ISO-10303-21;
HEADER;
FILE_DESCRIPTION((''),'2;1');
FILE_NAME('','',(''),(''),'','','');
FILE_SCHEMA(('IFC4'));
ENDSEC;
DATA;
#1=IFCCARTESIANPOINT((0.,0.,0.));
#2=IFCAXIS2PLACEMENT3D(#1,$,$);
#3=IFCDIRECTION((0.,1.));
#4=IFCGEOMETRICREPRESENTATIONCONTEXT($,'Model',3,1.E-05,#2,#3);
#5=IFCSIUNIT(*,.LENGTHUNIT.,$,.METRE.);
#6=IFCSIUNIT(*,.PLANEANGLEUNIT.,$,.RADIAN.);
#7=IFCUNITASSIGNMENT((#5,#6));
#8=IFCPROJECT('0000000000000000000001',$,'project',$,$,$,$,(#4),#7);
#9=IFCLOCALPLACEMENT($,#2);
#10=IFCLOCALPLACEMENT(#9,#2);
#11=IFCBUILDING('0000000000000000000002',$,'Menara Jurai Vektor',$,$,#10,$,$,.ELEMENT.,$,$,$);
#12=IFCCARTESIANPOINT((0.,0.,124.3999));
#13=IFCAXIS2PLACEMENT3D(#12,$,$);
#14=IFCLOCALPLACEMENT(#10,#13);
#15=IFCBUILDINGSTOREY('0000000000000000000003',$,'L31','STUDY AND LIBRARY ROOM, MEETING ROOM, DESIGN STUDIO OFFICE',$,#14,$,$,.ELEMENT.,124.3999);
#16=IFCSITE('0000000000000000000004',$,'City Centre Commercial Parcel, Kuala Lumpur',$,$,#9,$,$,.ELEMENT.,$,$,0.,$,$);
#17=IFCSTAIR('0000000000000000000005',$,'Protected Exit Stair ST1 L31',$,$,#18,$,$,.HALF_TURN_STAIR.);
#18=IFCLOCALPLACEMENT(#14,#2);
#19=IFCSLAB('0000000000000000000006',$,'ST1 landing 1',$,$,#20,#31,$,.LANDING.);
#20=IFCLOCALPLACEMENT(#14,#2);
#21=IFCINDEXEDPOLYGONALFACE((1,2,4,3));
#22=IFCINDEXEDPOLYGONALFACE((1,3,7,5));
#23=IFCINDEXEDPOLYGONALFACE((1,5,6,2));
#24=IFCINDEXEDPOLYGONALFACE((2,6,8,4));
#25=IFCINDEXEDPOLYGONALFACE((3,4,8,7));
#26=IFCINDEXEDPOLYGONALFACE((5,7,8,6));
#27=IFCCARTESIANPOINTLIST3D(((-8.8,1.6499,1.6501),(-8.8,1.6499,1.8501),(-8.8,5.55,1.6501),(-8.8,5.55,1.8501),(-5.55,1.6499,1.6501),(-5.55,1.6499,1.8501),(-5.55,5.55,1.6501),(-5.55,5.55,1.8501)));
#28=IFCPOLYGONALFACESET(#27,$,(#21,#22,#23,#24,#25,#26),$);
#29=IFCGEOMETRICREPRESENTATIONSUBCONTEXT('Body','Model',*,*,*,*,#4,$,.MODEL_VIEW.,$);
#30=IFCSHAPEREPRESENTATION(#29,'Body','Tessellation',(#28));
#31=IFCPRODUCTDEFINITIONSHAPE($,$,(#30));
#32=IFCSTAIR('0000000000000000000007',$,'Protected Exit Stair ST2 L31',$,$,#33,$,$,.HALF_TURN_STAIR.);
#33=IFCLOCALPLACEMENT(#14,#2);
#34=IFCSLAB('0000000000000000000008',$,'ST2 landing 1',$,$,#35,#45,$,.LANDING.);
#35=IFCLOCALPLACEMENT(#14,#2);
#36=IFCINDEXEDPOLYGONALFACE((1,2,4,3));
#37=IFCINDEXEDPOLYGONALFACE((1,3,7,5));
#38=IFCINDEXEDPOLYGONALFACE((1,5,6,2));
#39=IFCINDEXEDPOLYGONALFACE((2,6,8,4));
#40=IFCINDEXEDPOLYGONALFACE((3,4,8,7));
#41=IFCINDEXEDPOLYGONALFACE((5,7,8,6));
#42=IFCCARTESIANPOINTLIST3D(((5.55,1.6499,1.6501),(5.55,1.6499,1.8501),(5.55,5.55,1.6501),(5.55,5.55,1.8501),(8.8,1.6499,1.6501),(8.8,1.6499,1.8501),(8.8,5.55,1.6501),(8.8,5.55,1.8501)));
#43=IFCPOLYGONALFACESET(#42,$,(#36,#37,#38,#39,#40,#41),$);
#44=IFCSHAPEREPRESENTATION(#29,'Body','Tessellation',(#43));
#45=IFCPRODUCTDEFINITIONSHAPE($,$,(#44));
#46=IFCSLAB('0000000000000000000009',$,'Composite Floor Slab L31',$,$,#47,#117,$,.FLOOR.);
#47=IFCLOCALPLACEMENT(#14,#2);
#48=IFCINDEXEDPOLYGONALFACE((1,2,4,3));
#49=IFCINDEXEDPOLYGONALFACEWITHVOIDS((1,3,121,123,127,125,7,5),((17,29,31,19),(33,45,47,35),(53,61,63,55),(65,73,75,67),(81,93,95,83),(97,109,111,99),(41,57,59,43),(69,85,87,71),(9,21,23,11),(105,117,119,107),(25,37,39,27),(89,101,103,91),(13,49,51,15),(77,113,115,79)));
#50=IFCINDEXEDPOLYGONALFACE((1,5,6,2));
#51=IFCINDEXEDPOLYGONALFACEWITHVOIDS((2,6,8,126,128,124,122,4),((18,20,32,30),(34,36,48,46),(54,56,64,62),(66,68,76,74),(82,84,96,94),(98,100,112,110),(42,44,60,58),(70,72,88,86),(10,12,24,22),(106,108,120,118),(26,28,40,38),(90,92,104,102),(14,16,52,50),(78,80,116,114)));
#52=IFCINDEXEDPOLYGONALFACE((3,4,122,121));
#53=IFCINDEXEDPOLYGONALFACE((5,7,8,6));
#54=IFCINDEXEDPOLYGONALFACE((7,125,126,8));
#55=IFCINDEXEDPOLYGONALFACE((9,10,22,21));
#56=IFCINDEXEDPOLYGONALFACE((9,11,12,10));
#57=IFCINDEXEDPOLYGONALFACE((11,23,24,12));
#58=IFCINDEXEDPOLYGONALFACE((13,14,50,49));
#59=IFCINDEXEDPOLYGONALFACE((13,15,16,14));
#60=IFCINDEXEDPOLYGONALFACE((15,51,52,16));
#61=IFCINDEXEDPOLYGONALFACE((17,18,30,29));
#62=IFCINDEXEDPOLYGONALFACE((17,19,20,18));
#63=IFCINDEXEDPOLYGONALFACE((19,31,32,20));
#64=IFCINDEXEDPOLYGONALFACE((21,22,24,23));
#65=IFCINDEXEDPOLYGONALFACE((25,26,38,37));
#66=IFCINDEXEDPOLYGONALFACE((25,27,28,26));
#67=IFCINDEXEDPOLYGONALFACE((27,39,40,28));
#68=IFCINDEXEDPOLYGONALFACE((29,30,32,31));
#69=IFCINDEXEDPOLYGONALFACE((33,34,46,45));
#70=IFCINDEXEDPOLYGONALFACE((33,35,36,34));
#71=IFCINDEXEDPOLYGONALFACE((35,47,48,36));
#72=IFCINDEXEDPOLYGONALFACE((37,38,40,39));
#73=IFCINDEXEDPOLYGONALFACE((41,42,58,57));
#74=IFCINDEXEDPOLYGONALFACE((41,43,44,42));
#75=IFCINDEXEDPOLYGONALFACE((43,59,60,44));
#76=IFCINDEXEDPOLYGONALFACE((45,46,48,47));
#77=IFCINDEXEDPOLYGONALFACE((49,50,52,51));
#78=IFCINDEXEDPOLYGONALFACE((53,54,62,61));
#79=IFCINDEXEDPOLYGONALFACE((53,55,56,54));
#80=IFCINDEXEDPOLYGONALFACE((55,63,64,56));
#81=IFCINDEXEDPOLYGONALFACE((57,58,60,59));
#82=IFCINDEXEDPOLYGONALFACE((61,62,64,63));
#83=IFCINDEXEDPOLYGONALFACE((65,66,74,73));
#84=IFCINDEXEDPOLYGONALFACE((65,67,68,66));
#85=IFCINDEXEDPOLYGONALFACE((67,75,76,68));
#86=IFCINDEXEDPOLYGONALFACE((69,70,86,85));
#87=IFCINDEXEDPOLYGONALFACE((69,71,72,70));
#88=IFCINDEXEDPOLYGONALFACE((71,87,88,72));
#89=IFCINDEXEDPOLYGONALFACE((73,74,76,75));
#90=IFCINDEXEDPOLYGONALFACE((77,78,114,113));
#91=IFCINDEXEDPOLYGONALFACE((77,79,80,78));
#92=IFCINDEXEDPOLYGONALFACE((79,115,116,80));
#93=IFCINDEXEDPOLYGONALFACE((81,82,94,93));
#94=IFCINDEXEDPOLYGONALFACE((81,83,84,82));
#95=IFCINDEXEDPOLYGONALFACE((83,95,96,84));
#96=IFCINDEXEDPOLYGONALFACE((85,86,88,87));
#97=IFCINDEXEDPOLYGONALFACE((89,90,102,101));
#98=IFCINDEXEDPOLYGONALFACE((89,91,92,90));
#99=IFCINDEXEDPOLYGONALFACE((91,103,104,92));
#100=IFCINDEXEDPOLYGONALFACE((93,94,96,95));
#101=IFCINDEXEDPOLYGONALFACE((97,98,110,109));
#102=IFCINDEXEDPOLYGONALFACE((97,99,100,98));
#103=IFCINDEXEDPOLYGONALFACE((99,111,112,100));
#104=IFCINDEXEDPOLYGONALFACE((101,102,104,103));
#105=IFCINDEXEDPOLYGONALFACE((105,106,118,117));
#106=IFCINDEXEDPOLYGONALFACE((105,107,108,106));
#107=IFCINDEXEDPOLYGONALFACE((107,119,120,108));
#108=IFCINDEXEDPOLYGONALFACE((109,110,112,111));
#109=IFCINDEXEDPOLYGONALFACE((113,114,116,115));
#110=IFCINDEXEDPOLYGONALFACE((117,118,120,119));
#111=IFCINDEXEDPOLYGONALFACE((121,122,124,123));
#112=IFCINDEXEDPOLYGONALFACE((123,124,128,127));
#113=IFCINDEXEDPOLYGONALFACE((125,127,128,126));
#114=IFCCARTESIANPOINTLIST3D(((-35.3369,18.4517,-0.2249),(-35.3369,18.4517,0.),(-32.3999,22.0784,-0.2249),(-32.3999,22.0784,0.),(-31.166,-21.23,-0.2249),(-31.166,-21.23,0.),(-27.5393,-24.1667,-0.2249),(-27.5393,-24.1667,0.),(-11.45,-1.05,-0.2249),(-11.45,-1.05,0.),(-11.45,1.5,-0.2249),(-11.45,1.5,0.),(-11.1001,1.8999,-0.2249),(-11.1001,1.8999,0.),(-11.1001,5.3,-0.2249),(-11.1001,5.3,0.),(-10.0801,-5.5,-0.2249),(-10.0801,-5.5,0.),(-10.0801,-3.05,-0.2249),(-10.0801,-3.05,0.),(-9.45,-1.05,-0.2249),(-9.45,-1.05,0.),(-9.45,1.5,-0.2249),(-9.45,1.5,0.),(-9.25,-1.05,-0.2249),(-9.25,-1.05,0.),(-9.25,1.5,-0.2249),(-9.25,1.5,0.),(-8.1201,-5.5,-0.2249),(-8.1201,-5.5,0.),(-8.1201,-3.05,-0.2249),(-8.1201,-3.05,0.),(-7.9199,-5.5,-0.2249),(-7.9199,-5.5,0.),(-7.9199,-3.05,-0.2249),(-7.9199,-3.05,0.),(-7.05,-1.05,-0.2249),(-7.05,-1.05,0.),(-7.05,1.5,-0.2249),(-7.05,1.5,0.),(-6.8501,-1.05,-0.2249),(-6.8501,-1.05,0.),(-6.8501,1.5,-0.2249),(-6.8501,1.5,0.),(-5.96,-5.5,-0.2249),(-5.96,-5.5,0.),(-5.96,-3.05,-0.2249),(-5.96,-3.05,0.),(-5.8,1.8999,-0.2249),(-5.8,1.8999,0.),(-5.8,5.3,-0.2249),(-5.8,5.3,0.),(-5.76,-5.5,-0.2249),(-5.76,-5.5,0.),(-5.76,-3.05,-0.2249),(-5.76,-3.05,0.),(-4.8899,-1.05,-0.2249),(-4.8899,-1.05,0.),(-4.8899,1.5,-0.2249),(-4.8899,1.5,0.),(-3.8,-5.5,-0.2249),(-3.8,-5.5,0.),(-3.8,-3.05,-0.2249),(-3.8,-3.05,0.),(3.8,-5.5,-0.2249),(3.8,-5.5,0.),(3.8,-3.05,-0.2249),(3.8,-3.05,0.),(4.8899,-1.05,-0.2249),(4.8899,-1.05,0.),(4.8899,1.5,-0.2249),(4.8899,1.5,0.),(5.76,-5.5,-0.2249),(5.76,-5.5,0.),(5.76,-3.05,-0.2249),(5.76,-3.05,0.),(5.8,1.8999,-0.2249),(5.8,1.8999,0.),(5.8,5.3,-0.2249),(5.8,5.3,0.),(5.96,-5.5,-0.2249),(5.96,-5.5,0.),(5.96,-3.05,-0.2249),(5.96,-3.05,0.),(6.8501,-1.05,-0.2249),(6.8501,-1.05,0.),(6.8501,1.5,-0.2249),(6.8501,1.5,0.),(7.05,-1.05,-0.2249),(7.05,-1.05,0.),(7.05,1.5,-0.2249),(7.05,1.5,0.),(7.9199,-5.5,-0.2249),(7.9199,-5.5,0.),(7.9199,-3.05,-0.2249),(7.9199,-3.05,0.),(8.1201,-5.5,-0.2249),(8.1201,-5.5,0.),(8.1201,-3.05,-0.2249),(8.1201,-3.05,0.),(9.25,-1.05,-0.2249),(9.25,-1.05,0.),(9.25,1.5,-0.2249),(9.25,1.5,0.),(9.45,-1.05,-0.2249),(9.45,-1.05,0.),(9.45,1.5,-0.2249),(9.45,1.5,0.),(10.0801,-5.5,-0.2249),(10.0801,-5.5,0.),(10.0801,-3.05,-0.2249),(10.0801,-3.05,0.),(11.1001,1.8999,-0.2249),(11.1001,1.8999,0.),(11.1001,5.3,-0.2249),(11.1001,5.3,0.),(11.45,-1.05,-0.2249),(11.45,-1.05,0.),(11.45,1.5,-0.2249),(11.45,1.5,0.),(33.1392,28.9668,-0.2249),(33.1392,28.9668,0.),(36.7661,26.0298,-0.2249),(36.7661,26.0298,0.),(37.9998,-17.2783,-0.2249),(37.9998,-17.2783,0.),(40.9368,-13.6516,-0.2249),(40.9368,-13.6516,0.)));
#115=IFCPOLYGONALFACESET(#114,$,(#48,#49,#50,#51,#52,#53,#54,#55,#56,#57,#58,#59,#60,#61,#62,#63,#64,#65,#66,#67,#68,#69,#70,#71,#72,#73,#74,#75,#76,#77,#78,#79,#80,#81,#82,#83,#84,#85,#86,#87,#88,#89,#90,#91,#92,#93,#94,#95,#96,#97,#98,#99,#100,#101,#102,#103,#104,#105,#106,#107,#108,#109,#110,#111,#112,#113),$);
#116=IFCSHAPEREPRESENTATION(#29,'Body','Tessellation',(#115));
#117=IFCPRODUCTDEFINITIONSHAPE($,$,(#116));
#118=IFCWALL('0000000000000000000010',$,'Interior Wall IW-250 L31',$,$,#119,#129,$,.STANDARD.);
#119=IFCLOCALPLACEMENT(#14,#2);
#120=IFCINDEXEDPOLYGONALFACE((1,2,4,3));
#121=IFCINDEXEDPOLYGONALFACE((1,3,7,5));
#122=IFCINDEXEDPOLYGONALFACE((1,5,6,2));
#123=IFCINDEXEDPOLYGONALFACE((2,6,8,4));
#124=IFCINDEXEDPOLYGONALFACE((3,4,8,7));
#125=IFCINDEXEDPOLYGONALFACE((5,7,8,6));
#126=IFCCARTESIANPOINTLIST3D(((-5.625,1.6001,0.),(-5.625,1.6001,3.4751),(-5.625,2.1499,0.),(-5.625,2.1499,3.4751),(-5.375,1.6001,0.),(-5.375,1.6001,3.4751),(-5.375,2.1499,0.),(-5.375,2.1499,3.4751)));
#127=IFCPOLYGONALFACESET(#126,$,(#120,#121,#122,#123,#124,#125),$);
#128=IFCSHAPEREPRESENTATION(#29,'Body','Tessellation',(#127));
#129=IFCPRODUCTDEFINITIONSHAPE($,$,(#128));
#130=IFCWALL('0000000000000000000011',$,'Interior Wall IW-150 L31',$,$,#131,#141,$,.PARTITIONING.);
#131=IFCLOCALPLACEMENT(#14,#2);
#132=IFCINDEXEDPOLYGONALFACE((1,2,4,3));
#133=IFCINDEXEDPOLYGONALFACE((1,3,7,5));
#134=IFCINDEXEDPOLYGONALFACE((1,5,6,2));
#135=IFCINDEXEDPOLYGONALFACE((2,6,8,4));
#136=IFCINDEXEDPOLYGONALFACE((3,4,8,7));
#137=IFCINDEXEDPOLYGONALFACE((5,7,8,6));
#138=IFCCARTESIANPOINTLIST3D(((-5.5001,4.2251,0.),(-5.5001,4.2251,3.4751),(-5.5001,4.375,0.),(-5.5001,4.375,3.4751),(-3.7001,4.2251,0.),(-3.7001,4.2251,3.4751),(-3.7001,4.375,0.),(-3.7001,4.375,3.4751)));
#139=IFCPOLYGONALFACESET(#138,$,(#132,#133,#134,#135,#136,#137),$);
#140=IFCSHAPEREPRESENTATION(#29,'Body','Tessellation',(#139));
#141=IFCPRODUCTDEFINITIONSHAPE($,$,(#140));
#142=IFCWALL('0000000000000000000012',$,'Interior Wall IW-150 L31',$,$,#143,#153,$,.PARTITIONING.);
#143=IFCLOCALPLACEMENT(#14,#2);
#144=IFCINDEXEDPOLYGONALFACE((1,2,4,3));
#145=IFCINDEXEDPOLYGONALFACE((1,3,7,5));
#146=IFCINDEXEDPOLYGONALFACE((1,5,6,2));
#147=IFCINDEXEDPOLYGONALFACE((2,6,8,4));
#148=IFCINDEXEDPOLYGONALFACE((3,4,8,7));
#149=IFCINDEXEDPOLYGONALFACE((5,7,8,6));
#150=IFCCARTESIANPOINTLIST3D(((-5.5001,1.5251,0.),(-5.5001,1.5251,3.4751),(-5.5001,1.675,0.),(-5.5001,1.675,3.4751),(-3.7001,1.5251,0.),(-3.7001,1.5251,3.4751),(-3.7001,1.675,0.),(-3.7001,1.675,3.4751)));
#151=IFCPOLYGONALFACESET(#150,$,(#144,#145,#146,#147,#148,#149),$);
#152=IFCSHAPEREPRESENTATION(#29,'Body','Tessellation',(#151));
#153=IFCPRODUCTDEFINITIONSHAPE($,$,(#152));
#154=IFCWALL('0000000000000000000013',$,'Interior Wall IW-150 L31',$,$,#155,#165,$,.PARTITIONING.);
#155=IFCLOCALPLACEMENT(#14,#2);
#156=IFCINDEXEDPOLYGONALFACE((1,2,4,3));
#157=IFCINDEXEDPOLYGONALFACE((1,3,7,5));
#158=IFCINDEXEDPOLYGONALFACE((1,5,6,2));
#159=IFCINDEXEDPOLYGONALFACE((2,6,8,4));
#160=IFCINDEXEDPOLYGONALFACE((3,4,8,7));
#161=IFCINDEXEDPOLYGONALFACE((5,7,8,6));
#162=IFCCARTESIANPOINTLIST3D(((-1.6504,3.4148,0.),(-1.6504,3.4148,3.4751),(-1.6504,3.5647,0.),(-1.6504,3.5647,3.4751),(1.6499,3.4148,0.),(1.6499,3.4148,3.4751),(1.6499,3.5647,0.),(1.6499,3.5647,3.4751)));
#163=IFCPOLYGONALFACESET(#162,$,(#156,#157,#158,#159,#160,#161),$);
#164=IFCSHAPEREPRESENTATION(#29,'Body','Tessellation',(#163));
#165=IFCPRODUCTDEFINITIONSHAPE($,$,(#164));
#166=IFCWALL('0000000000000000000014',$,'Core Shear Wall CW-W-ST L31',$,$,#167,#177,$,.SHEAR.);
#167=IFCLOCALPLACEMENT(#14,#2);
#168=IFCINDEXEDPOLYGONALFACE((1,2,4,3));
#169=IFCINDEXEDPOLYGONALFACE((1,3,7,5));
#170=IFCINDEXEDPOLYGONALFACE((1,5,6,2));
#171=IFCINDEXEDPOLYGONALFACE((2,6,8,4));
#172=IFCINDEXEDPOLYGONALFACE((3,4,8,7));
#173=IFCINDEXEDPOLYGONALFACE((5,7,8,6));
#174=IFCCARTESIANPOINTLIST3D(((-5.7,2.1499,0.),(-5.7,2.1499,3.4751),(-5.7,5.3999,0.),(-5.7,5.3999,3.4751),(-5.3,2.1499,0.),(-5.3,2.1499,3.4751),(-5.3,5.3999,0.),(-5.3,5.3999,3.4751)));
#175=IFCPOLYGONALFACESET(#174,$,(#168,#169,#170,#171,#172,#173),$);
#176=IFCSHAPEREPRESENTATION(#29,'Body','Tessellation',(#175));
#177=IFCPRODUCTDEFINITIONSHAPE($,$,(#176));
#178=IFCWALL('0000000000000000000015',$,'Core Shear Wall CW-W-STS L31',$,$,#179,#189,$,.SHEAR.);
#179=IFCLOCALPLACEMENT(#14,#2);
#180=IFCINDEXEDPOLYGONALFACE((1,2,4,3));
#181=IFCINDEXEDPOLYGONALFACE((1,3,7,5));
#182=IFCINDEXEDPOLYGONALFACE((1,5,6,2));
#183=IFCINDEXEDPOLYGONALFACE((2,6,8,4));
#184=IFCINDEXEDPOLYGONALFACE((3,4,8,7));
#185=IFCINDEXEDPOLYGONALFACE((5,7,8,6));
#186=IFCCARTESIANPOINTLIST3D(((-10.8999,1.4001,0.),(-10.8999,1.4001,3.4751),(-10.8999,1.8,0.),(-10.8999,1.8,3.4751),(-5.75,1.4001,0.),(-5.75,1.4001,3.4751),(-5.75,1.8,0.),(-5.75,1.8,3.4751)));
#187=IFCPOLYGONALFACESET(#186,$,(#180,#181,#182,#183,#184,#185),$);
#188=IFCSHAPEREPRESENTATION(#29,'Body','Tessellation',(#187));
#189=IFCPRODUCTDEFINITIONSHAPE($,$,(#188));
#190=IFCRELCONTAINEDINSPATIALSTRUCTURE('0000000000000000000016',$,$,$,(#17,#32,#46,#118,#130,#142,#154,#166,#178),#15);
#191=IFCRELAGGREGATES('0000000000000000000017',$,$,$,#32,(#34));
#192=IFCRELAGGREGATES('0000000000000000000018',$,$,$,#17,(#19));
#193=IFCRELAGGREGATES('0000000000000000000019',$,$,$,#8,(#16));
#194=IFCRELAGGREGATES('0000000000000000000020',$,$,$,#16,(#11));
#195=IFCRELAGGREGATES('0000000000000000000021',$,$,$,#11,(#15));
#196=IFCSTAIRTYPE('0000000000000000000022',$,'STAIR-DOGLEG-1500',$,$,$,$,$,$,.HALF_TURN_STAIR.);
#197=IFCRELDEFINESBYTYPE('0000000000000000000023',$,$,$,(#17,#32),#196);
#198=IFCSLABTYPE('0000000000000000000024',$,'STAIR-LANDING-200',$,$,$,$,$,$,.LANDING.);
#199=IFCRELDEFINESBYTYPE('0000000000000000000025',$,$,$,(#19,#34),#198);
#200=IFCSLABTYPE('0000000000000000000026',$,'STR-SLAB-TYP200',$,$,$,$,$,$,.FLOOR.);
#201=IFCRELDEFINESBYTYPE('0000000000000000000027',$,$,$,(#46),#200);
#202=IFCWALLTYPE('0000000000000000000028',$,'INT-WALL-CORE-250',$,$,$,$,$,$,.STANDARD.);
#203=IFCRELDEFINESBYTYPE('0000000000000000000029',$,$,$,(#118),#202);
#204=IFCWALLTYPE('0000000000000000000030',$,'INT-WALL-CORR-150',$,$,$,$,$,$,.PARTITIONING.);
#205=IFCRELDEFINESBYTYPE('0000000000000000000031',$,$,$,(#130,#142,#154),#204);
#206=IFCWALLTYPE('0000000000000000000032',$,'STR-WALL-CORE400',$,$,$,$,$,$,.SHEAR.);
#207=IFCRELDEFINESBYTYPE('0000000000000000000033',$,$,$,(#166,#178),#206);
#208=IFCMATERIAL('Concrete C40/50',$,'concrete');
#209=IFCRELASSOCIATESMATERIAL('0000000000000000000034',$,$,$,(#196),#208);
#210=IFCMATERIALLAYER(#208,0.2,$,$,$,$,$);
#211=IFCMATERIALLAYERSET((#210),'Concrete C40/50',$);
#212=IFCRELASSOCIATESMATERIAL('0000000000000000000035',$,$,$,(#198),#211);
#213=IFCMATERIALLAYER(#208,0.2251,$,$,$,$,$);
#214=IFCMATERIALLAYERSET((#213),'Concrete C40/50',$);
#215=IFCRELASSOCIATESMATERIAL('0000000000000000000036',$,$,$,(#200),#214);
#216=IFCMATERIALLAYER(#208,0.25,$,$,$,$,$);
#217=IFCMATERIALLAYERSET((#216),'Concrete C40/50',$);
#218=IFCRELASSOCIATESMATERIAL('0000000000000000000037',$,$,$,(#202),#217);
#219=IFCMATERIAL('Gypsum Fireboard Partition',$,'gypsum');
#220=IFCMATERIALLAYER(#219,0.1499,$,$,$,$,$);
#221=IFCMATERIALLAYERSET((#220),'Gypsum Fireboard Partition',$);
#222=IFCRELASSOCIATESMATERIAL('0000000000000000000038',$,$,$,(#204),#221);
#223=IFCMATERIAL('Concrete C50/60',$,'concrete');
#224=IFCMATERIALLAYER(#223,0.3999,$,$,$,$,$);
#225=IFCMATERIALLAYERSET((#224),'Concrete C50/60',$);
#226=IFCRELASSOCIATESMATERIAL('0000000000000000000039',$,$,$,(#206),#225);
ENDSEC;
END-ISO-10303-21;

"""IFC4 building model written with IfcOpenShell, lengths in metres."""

from ifc_helpers import new_model, si_unit, direction, frame, frame_2d, origin, place, context, subcontext, project, spatial, polyline, rectangle, outline, extrude, material, layer, layer_set, type_object, element, aggregate, save


model = new_model("IFC4")

# Units and contexts
model_context = context("Model", 3, precision=1e-05, world=origin(), true_north=direction((0.0, 1.0)))
body_context = subcontext(model_context, "Body", "Model", "MODEL_VIEW")
ifc_project = project(units=[si_unit("LENGTHUNIT", "METRE"), si_unit("PLANEANGLEUNIT", "RADIAN")], contexts=[model_context])

# Site, building, storey
site_placement = place(None, origin())
site = spatial("IfcSite", under=ifc_project, at=site_placement, Name="City Centre Commercial Parcel, Kuala Lumpur", CompositionType="ELEMENT", RefElevation=0.0)
building_placement = place(site_placement, origin())
building = spatial("IfcBuilding", under=site, at=building_placement, Name="Menara Jurai Vektor", CompositionType="ELEMENT")
storey_placement = place(building_placement, frame((0.0, 0.0, 124.3999)))
storey = spatial("IfcBuildingStorey", under=building, at=storey_placement, Name="L31", Description="STUDY AND LIBRARY ROOM, MEETING ROOM, DESIGN STUDIO OFFICE", CompositionType="ELEMENT", Elevation=124.3999)

# Shared definitions
ifc_material_1 = material(Name="Concrete C50/60", Category="concrete")

# Stairs, slabs
ifc_material_2 = material(Name="Concrete C40/50", Category="concrete")
stair_type = type_object("IfcStairType", Name="STAIR-DOGLEG-1500", PredefinedType="HALF_TURN_STAIR", material=ifc_material_2)
stair_1_placement = place(storey_placement, origin())
stair_1 = element("IfcStair", 1, at=stair_1_placement, inside=storey, type_object=stair_type, Name="Protected Exit Stair ST1 L31", PredefinedType="HALF_TURN_STAIR")
ifc_layer_1 = layer(ifc_material_2, 0.2)
ifc_layer_set_1 = layer_set([ifc_layer_1], Name="Concrete C40/50")
slab_type_1 = type_object("IfcSlabType", Name="STAIR-LANDING-200", PredefinedType="LANDING", material=ifc_layer_set_1)
slab_1_placement = place(storey_placement, frame((0.0, 0.0, 1.6501)))
slab_1 = element("IfcSlab", 2, at=slab_1_placement, type_object=slab_type_1, Name="ST1 landing 1", PredefinedType="LANDING", context=body_context, shape_type="SweptSolid", body=[
    extrude(outline(polyline([(-8.8, 1.6499), (-5.55, 1.6499), (-5.55, 5.55), (-8.8, 5.55), (-8.8, 1.6499)])), origin(), (0.0, 0.0, 1.0), 0.2),
])
stair_2_placement = place(storey_placement, origin())
stair_2 = element("IfcStair", 3, at=stair_2_placement, inside=storey, type_object=stair_type, Name="Protected Exit Stair ST2 L31", PredefinedType="HALF_TURN_STAIR")
slab_2_placement = place(storey_placement, frame((0.0, 0.0, 1.6501)))
slab_2 = element("IfcSlab", 4, at=slab_2_placement, type_object=slab_type_1, Name="ST2 landing 1", PredefinedType="LANDING", context=body_context, shape_type="SweptSolid", body=[
    extrude(outline(polyline([(5.55, 1.6499), (8.8, 1.6499), (8.8, 5.55), (5.55, 5.55), (5.55, 1.6499)])), origin(), (0.0, 0.0, 1.0), 0.2),
])
aggregate(stair_2, [slab_2])

# Slab
ifc_layer_2 = layer(ifc_material_2, 0.2251)
ifc_layer_set_2 = layer_set([ifc_layer_2], Name="Concrete C40/50")
slab_type_2 = type_object("IfcSlabType", Name="STR-SLAB-TYP200", PredefinedType="FLOOR", material=ifc_layer_set_2)
slab_3_placement = place(storey_placement, frame((0.0, 0.0, -0.2249)))
element("IfcSlab", 5, at=slab_3_placement, inside=storey, type_object=slab_type_2, Name="Composite Floor Slab L31", PredefinedType="FLOOR", context=body_context, shape_type="SweptSolid", body=[
    extrude(outline(polyline([(-27.5393, -24.1667), (37.9998, -17.2783), (40.9368, -13.6516), (36.7661, 26.0298), (33.1392, 28.9668), (-32.3999, 22.0784), (-35.3369, 18.4517), (-31.166, -21.23), (-27.5393, -24.1667)]), holes=[polyline([(-11.1001, 1.8999), (-11.1001, 5.3), (-5.8, 5.3), (-5.8, 1.8999), (-11.1001, 1.8999)]), polyline([(5.8, 1.8999), (5.8, 5.3), (11.1001, 5.3), (11.1001, 1.8999), (5.8, 1.8999)]), polyline([(-11.45, -1.05), (-11.45, 1.5), (-9.45, 1.5), (-9.45, -1.05), (-11.45, -1.05)]), polyline([(9.45, -1.05), (9.45, 1.5), (11.45, 1.5), (11.45, -1.05), (9.45, -1.05)]), polyline([(-5.76, -5.5), (-5.76, -3.05), (-3.8, -3.05), (-3.8, -5.5), (-5.76, -5.5)]), polyline([(-6.8501, -1.05), (-6.8501, 1.5), (-4.8899, 1.5), (-4.8899, -1.05), (-6.8501, -1.05)]), polyline([(3.8, -5.5), (3.8, -3.05), (5.76, -3.05), (5.76, -5.5), (3.8, -5.5)]), polyline([(4.8899, -1.05), (4.8899, 1.5), (6.8501, 1.5), (6.8501, -1.05), (4.8899, -1.05)]), polyline([(-10.0801, -5.5), (-10.0801, -3.05), (-8.1201, -3.05), (-8.1201, -5.5), (-10.0801, -5.5)]), polyline([(-7.9199, -5.5), (-7.9199, -3.05), (-5.96, -3.05), (-5.96, -5.5), (-7.9199, -5.5)]), polyline([(5.96, -5.5), (5.96, -3.05), (7.9199, -3.05), (7.9199, -5.5), (5.96, -5.5)]), polyline([(8.1201, -5.5), (8.1201, -3.05), (10.0801, -3.05), (10.0801, -5.5), (8.1201, -5.5)]), polyline([(-9.25, -1.05), (-9.25, 1.5), (-7.05, 1.5), (-7.05, -1.05), (-9.25, -1.05)]), polyline([(7.05, -1.05), (7.05, 1.5), (9.25, 1.5), (9.25, -1.05), (7.05, -1.05)])]), origin(), (0.0, 0.0, 1.0), 0.2249),
])

# Shared definitions
ifc_layer_3 = layer(ifc_material_2, 0.25)
ifc_layer_set_3 = layer_set([ifc_layer_3], Name="Concrete C40/50")
wall_type_1 = type_object("IfcWallType", Name="INT-WALL-CORE-250", PredefinedType="STANDARD", material=ifc_layer_set_3)

# Walls
wall_1_placement = place(storey_placement, frame((-5.5, 1.6001, 0.0), z_axis=(0.0, 0.0, 1.0), x_axis=(0.0, 1.0, 0.0)))
element("IfcWall", 6, at=wall_1_placement, inside=storey, type_object=wall_type_1, Name="Interior Wall IW-250 L31", PredefinedType="STANDARD", context=body_context, shape_type="SweptSolid", body=[
    extrude(rectangle(XDim=0.5498, YDim=0.25, at=frame_2d((0.2749, 0.0))), origin(), (0.0, 0.0, 1.0), 3.4751),
])
ifc_material_3 = material(Name="Gypsum Fireboard Partition", Category="gypsum")
ifc_layer_4 = layer(ifc_material_3, 0.1499)
ifc_layer_set_4 = layer_set([ifc_layer_4], Name="Gypsum Fireboard Partition")
wall_type_2 = type_object("IfcWallType", Name="INT-WALL-CORR-150", PredefinedType="PARTITIONING", material=ifc_layer_set_4)
for number, where, z_axis, x_axis, name in (
    (7, (-5.5, 4.3, 0.0), (0.0, 0.0, 1.0), (1.0, 0.0, 0.0), "Interior Wall IW-150 L31"),
    (8, (-5.5, 1.6001, 0.0), (0.0, 0.0, 1.0), (1.0, 0.0, 0.0), "Interior Wall IW-150 L31"),
):
    element("IfcWall", number, at=place(storey_placement, frame(where, z_axis=z_axis, x_axis=x_axis)), inside=storey, type_object=wall_type_2, Name=name, PredefinedType="PARTITIONING", context=body_context, shape_type="SweptSolid", body=[
        extrude(rectangle(XDim=1.8, YDim=0.1499, at=frame_2d((0.8999, 0.0))), origin(), (0.0, 0.0, 1.0), 3.4751),
    ])
wall_2_placement = place(storey_placement, frame((-1.6504, 3.4897, 0.0), z_axis=(0.0, 0.0, 1.0), x_axis=(1.0, 0.0, 0.0)))
element("IfcWall", 9, at=wall_2_placement, inside=storey, type_object=wall_type_2, Name="Interior Wall IW-150 L31", PredefinedType="PARTITIONING", context=body_context, shape_type="SweptSolid", body=[
    extrude(rectangle(XDim=3.3003, YDim=0.1499, at=frame_2d((1.6501, 0.0))), origin(), (0.0, 0.0, 1.0), 3.4751),
])

# Walls
ifc_layer_5 = layer(ifc_material_1, 0.3999)
ifc_layer_set_5 = layer_set([ifc_layer_5], Name="Concrete C50/60")
wall_type_3 = type_object("IfcWallType", Name="STR-WALL-CORE400", PredefinedType="SHEAR", material=ifc_layer_set_5)
wall_3_placement = place(storey_placement, frame((-5.5, 2.1499, 0.0), z_axis=(0.0, 0.0, 1.0), x_axis=(0.0, 1.0, 0.0)))
element("IfcWall", 10, at=wall_3_placement, inside=storey, type_object=wall_type_3, Name="Core Shear Wall CW-W-ST L31", PredefinedType="SHEAR", context=body_context, shape_type="SweptSolid", body=[
    extrude(rectangle(XDim=3.25, YDim=0.3999, at=frame_2d((1.625, 0.0))), origin(), (0.0, 0.0, 1.0), 3.4751),
])
wall_4_placement = place(storey_placement, frame((-10.8999, 1.6001, 0.0), z_axis=(0.0, 0.0, 1.0), x_axis=(1.0, 0.0, 0.0)))
element("IfcWall", 11, at=wall_4_placement, inside=storey, type_object=wall_type_3, Name="Core Shear Wall CW-W-STS L31", PredefinedType="SHEAR", context=body_context, shape_type="SweptSolid", body=[
    extrude(rectangle(XDim=5.1499, YDim=0.3999, at=frame_2d((2.575, 0.0))), origin(), (0.0, 0.0, 1.0), 3.4751),
])

aggregate(stair_1, [slab_1])

save(model, "model.ifc")
